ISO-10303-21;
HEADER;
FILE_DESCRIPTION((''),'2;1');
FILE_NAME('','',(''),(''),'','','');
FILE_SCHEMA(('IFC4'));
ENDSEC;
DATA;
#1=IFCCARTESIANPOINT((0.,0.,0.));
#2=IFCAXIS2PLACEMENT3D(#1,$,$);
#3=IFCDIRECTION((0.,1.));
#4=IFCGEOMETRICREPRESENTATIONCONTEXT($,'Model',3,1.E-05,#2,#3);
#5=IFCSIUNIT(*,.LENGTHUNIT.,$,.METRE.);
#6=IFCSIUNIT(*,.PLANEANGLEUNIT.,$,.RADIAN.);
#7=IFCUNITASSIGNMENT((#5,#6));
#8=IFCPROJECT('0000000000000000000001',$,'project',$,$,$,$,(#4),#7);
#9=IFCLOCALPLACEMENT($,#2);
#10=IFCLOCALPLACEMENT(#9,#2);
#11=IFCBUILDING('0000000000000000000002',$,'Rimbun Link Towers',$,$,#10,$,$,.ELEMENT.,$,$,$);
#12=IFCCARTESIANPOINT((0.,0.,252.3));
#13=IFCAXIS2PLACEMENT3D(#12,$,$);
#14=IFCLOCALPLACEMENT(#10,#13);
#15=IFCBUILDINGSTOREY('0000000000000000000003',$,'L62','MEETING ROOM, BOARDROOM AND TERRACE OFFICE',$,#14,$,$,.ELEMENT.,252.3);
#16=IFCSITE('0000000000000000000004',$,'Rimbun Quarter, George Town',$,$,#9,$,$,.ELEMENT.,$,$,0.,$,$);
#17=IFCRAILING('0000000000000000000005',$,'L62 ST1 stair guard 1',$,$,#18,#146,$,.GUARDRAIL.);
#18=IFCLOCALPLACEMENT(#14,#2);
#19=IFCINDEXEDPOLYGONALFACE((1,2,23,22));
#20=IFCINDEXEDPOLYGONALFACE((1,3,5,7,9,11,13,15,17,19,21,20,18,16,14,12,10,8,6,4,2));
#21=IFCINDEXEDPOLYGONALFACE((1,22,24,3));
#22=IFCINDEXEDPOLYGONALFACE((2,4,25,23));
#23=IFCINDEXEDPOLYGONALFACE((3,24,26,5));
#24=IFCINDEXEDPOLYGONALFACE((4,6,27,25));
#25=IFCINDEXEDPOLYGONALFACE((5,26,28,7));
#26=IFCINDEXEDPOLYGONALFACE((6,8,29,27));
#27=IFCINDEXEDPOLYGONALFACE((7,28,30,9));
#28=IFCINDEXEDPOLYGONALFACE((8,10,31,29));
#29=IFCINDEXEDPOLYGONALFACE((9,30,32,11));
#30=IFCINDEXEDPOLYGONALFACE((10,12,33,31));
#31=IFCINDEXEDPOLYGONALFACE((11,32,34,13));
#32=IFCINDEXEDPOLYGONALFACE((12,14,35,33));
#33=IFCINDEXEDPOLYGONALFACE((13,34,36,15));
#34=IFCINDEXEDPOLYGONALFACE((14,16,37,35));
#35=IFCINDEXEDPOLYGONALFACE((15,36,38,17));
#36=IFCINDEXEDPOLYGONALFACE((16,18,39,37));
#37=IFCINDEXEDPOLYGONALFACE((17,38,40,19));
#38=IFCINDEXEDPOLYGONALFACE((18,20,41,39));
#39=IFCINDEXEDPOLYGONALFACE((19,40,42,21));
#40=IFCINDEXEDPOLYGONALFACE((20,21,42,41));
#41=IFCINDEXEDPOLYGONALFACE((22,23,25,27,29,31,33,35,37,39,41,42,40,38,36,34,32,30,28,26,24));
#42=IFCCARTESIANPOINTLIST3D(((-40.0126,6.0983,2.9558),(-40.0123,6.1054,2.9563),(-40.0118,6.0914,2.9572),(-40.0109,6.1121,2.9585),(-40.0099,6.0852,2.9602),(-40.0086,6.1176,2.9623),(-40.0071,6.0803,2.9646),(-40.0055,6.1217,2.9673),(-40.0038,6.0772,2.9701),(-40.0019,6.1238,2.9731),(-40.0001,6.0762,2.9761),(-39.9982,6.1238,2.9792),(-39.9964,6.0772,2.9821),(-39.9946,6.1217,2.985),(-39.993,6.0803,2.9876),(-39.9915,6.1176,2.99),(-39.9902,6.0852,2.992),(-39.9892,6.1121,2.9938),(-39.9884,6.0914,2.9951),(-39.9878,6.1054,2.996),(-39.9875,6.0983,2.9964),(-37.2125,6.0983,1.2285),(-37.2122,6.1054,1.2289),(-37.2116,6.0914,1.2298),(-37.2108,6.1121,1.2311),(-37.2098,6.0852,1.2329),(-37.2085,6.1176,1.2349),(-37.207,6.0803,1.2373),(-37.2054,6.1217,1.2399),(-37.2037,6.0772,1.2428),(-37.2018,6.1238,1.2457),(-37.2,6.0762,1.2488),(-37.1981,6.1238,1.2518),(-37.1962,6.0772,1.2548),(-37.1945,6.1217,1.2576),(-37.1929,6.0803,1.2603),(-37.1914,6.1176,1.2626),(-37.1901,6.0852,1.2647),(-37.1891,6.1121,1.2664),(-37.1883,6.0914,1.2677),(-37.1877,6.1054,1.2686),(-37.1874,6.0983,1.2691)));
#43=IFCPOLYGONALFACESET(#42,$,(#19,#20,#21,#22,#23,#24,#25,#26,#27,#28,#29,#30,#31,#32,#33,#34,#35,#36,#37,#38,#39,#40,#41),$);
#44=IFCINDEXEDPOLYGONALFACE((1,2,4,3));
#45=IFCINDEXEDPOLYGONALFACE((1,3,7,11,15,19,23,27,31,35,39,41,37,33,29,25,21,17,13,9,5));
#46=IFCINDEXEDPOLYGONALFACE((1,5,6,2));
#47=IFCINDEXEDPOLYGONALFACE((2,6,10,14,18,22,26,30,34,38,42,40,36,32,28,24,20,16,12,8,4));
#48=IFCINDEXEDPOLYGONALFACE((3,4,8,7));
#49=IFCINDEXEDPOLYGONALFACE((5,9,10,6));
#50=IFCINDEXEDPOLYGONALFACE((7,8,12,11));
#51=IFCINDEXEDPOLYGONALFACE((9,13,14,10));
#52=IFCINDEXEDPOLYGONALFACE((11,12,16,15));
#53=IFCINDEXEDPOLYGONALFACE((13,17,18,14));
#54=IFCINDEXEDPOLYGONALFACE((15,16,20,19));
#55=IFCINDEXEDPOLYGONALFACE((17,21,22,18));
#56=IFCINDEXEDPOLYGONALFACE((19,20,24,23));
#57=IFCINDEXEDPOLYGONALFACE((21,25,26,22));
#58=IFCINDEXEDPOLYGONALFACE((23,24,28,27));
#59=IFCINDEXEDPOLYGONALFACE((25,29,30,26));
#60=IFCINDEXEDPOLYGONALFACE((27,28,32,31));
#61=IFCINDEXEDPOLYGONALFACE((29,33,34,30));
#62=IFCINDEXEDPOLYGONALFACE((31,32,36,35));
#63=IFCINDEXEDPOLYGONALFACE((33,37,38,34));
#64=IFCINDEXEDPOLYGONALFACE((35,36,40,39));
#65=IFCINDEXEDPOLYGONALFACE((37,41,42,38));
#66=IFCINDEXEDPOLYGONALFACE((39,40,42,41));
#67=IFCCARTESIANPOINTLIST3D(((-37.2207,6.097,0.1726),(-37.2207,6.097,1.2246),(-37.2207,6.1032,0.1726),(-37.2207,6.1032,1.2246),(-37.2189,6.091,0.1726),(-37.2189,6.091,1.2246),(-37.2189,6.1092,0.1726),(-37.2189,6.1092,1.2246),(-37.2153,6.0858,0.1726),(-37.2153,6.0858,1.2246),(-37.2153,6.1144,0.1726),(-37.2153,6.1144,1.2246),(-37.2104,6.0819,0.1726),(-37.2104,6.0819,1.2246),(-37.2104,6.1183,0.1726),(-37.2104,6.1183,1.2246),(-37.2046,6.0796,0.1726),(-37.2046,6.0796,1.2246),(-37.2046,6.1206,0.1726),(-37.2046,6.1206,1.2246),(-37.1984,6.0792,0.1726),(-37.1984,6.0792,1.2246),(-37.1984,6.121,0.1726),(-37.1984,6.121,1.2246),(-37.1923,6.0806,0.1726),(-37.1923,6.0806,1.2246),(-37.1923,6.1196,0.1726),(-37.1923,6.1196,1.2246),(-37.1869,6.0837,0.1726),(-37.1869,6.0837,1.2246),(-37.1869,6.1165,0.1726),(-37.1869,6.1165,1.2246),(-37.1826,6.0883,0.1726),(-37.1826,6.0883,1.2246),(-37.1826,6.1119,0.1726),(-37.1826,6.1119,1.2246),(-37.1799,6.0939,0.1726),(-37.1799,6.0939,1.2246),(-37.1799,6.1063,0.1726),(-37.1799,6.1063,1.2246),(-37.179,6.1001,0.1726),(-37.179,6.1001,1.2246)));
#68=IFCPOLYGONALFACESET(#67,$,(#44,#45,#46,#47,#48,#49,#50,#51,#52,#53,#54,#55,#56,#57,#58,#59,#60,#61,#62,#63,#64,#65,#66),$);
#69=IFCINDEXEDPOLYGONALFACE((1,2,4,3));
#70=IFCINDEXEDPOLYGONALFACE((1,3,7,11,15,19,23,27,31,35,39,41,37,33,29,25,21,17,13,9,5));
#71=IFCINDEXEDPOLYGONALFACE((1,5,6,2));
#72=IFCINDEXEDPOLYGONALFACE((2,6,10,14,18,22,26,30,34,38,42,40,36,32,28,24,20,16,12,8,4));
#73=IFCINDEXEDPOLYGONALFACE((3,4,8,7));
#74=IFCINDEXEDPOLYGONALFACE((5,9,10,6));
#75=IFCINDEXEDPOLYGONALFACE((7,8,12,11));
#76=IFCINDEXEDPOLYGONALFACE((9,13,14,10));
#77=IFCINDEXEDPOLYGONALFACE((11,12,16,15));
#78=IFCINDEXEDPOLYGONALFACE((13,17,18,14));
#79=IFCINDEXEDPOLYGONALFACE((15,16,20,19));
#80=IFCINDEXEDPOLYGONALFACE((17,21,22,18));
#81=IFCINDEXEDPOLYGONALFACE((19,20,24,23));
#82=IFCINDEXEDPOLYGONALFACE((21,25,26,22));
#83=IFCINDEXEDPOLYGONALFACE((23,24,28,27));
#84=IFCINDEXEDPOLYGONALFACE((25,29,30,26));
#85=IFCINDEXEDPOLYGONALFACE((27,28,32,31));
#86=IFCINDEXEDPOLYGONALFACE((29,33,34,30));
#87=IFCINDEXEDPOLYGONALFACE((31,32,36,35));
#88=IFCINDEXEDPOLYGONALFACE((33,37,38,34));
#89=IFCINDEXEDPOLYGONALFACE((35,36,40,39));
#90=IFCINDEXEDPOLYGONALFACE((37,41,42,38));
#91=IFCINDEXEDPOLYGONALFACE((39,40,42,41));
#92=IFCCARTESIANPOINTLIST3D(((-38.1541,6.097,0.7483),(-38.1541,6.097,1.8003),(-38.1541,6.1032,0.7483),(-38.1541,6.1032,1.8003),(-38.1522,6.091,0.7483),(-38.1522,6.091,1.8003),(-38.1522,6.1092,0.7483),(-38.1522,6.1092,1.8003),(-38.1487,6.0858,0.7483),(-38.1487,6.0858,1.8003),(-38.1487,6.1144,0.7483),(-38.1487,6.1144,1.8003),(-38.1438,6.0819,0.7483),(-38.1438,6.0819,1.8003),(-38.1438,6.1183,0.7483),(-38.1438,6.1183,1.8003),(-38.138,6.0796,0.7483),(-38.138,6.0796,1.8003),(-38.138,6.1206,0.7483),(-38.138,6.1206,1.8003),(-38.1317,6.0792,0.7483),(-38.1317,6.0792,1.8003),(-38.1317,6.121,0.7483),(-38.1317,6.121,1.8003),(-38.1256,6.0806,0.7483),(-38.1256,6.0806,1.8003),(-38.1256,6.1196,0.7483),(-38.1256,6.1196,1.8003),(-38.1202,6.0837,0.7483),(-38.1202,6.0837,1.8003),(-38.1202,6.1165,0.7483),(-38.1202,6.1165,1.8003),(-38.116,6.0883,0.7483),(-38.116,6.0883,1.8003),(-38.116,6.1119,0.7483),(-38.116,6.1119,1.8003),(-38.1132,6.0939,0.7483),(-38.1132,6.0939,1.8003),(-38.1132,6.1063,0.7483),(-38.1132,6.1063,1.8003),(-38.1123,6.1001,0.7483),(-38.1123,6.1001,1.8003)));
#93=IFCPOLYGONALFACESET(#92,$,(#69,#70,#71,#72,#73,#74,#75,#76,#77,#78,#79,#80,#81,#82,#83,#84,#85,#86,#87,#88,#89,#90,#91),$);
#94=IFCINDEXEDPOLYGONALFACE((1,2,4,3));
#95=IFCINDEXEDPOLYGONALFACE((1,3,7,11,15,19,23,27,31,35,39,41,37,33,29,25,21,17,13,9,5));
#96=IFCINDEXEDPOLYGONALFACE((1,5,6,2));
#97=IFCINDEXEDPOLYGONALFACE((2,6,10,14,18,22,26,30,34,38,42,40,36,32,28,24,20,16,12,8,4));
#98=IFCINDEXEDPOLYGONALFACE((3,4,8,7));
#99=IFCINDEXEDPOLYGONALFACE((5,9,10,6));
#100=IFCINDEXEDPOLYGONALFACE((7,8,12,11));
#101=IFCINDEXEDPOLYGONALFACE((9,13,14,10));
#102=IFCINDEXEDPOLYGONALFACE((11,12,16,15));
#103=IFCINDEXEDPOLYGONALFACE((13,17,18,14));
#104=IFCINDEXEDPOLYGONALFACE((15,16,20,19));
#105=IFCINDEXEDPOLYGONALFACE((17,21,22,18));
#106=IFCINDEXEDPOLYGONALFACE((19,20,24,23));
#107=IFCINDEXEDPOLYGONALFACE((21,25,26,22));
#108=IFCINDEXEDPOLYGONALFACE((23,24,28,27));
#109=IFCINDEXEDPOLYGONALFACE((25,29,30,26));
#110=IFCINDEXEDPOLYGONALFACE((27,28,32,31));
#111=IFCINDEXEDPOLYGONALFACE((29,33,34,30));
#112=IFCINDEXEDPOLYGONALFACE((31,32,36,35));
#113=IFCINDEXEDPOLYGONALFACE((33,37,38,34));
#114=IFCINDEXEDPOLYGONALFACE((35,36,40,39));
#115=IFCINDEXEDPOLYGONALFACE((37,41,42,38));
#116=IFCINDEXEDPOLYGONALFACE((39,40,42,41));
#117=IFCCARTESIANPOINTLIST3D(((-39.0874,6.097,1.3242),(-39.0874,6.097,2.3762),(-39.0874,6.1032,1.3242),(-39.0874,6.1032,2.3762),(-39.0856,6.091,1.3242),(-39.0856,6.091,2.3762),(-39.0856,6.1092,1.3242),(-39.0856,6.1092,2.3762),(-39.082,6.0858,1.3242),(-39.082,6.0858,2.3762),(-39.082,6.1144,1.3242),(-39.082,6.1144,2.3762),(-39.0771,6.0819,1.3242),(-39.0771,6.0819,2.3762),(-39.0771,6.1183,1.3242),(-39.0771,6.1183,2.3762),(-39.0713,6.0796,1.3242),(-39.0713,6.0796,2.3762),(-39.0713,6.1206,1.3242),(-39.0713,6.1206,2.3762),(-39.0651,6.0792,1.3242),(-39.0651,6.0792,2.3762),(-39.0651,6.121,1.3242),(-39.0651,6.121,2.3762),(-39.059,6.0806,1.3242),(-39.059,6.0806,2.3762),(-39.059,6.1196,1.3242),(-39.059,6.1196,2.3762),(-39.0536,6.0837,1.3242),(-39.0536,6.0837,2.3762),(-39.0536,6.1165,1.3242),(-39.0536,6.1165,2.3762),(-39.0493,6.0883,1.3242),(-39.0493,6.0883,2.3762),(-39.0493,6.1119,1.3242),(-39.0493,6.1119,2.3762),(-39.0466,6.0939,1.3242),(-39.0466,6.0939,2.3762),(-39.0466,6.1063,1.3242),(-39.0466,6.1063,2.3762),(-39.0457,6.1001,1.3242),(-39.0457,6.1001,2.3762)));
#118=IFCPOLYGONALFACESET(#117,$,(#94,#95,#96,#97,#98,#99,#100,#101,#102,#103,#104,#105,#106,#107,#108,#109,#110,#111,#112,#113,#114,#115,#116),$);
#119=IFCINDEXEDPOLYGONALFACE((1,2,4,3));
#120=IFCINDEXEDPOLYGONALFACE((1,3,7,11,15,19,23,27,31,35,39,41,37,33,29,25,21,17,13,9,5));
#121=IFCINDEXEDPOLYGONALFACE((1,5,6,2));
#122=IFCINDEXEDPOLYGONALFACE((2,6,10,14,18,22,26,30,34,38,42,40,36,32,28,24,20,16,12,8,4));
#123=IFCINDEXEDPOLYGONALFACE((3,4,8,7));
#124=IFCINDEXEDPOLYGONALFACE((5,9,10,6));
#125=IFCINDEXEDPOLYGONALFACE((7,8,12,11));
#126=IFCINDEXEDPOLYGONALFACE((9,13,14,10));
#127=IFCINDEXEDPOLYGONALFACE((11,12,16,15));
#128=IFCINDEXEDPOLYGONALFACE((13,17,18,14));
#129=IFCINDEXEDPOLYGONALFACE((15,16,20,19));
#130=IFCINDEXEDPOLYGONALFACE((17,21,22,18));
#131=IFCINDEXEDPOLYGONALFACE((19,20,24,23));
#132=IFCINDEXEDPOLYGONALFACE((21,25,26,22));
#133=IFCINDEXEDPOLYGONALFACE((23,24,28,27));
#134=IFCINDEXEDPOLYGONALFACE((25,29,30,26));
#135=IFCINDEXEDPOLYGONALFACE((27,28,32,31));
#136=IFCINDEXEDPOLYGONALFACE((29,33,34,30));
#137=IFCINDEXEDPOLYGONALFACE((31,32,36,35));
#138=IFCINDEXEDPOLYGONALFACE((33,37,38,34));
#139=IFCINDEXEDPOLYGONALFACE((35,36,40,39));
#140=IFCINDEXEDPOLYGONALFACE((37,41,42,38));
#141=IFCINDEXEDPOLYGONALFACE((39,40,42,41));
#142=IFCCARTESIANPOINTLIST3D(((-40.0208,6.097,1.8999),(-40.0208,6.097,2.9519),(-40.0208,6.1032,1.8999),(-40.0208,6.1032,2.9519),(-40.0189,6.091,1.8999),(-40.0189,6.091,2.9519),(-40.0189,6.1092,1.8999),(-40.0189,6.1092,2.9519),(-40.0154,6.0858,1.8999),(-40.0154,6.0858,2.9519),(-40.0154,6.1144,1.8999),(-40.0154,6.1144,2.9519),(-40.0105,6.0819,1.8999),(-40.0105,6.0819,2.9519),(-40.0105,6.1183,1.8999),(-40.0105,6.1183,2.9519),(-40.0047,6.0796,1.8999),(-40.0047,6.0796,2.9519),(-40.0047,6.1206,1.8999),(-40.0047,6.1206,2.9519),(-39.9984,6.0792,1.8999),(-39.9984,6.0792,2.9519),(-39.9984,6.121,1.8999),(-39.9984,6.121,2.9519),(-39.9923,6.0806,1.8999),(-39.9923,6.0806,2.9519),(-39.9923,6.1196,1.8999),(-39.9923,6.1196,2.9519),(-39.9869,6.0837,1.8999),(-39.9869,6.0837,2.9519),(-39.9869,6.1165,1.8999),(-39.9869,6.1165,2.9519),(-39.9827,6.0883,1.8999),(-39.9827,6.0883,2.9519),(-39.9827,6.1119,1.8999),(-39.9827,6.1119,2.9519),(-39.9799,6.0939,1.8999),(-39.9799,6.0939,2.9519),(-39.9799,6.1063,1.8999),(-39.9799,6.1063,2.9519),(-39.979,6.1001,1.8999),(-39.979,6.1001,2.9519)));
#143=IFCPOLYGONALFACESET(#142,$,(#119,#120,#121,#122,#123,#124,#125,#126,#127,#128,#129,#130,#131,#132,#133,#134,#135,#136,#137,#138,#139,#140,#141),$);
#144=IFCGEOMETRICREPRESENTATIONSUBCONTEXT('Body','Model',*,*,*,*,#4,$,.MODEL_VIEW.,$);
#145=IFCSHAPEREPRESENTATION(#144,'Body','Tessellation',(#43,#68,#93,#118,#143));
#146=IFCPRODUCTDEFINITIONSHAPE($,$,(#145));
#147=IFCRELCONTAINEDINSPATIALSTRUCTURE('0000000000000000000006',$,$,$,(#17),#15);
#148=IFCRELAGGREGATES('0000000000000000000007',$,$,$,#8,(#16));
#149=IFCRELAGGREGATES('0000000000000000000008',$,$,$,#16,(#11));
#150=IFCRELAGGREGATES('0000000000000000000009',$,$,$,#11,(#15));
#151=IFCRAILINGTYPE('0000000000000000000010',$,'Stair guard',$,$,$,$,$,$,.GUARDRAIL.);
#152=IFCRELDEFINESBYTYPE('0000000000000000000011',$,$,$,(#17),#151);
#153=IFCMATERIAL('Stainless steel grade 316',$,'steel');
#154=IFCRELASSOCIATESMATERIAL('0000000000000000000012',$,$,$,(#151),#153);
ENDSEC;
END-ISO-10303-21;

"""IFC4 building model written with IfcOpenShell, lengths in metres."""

from ifc_helpers import new_model, si_unit, direction, frame, origin, origin_2d, place, context, subcontext, project, spatial, circle, extrude, material, type_object, element, save


model = new_model("IFC4")

# Units and contexts
model_context = context("Model", 3, precision=1e-05, world=origin(), true_north=direction((0.0, 1.0)))
body_context = subcontext(model_context, "Body", "Model", "MODEL_VIEW")
ifc_project = project(units=[si_unit("LENGTHUNIT", "METRE"), si_unit("PLANEANGLEUNIT", "RADIAN")], contexts=[model_context])

# Site, building, storey
site_placement = place(None, origin())
site = spatial("IfcSite", under=ifc_project, at=site_placement, Name="Rimbun Quarter, George Town", CompositionType="ELEMENT", RefElevation=0.0)
building_placement = place(site_placement, origin())
building = spatial("IfcBuilding", under=site, at=building_placement, Name="Rimbun Link Towers", CompositionType="ELEMENT")
storey_placement = place(building_placement, frame((0.0, 0.0, 252.3)))
storey = spatial("IfcBuildingStorey", under=building, at=storey_placement, Name="L62", Description="MEETING ROOM, BOARDROOM AND TERRACE OFFICE", CompositionType="ELEMENT", Elevation=252.3)

# Railing
ifc_material_1 = material(Name="Stainless steel grade 316", Category="steel")
railing_type_1 = type_object("IfcRailingType", Name="Stair guard", PredefinedType="GUARDRAIL", material=ifc_material_1)
railing_1_placement = place(storey_placement, frame((-37.2, 6.1001, 0.1726)))
element("IfcRailing", 1, at=railing_1_placement, inside=storey, type_object=railing_type_1, Name="L62 ST1 stair guard 1", PredefinedType="GUARDRAIL", context=body_context, shape_type="SweptSolid", body=[
    extrude(circle(Radius=0.0239, at=origin_2d()), frame((0.0, 0.0, 1.0762), z_axis=(-0.85109, 0.0, 0.52502), x_axis=(0.0, -1.0, 0.0)), (0.0, 0.0, 1.0), 3.29),
    extrude(circle(Radius=0.021, at=origin_2d()), origin(), (0.0, 0.0, 1.0), 1.052),
    extrude(circle(Radius=0.021, at=origin_2d()), frame((-0.9333, 0.0, 0.5757)), (0.0, 0.0, 1.0), 1.052),
    extrude(circle(Radius=0.021, at=origin_2d()), frame((-1.8667, 0.0, 1.1516)), (0.0, 0.0, 1.0), 1.052),
    extrude(circle(Radius=0.021, at=origin_2d()), frame((-2.8, 0.0, 1.7273)), (0.0, 0.0, 1.0), 1.052),
])

save(model, "model.ifc")
